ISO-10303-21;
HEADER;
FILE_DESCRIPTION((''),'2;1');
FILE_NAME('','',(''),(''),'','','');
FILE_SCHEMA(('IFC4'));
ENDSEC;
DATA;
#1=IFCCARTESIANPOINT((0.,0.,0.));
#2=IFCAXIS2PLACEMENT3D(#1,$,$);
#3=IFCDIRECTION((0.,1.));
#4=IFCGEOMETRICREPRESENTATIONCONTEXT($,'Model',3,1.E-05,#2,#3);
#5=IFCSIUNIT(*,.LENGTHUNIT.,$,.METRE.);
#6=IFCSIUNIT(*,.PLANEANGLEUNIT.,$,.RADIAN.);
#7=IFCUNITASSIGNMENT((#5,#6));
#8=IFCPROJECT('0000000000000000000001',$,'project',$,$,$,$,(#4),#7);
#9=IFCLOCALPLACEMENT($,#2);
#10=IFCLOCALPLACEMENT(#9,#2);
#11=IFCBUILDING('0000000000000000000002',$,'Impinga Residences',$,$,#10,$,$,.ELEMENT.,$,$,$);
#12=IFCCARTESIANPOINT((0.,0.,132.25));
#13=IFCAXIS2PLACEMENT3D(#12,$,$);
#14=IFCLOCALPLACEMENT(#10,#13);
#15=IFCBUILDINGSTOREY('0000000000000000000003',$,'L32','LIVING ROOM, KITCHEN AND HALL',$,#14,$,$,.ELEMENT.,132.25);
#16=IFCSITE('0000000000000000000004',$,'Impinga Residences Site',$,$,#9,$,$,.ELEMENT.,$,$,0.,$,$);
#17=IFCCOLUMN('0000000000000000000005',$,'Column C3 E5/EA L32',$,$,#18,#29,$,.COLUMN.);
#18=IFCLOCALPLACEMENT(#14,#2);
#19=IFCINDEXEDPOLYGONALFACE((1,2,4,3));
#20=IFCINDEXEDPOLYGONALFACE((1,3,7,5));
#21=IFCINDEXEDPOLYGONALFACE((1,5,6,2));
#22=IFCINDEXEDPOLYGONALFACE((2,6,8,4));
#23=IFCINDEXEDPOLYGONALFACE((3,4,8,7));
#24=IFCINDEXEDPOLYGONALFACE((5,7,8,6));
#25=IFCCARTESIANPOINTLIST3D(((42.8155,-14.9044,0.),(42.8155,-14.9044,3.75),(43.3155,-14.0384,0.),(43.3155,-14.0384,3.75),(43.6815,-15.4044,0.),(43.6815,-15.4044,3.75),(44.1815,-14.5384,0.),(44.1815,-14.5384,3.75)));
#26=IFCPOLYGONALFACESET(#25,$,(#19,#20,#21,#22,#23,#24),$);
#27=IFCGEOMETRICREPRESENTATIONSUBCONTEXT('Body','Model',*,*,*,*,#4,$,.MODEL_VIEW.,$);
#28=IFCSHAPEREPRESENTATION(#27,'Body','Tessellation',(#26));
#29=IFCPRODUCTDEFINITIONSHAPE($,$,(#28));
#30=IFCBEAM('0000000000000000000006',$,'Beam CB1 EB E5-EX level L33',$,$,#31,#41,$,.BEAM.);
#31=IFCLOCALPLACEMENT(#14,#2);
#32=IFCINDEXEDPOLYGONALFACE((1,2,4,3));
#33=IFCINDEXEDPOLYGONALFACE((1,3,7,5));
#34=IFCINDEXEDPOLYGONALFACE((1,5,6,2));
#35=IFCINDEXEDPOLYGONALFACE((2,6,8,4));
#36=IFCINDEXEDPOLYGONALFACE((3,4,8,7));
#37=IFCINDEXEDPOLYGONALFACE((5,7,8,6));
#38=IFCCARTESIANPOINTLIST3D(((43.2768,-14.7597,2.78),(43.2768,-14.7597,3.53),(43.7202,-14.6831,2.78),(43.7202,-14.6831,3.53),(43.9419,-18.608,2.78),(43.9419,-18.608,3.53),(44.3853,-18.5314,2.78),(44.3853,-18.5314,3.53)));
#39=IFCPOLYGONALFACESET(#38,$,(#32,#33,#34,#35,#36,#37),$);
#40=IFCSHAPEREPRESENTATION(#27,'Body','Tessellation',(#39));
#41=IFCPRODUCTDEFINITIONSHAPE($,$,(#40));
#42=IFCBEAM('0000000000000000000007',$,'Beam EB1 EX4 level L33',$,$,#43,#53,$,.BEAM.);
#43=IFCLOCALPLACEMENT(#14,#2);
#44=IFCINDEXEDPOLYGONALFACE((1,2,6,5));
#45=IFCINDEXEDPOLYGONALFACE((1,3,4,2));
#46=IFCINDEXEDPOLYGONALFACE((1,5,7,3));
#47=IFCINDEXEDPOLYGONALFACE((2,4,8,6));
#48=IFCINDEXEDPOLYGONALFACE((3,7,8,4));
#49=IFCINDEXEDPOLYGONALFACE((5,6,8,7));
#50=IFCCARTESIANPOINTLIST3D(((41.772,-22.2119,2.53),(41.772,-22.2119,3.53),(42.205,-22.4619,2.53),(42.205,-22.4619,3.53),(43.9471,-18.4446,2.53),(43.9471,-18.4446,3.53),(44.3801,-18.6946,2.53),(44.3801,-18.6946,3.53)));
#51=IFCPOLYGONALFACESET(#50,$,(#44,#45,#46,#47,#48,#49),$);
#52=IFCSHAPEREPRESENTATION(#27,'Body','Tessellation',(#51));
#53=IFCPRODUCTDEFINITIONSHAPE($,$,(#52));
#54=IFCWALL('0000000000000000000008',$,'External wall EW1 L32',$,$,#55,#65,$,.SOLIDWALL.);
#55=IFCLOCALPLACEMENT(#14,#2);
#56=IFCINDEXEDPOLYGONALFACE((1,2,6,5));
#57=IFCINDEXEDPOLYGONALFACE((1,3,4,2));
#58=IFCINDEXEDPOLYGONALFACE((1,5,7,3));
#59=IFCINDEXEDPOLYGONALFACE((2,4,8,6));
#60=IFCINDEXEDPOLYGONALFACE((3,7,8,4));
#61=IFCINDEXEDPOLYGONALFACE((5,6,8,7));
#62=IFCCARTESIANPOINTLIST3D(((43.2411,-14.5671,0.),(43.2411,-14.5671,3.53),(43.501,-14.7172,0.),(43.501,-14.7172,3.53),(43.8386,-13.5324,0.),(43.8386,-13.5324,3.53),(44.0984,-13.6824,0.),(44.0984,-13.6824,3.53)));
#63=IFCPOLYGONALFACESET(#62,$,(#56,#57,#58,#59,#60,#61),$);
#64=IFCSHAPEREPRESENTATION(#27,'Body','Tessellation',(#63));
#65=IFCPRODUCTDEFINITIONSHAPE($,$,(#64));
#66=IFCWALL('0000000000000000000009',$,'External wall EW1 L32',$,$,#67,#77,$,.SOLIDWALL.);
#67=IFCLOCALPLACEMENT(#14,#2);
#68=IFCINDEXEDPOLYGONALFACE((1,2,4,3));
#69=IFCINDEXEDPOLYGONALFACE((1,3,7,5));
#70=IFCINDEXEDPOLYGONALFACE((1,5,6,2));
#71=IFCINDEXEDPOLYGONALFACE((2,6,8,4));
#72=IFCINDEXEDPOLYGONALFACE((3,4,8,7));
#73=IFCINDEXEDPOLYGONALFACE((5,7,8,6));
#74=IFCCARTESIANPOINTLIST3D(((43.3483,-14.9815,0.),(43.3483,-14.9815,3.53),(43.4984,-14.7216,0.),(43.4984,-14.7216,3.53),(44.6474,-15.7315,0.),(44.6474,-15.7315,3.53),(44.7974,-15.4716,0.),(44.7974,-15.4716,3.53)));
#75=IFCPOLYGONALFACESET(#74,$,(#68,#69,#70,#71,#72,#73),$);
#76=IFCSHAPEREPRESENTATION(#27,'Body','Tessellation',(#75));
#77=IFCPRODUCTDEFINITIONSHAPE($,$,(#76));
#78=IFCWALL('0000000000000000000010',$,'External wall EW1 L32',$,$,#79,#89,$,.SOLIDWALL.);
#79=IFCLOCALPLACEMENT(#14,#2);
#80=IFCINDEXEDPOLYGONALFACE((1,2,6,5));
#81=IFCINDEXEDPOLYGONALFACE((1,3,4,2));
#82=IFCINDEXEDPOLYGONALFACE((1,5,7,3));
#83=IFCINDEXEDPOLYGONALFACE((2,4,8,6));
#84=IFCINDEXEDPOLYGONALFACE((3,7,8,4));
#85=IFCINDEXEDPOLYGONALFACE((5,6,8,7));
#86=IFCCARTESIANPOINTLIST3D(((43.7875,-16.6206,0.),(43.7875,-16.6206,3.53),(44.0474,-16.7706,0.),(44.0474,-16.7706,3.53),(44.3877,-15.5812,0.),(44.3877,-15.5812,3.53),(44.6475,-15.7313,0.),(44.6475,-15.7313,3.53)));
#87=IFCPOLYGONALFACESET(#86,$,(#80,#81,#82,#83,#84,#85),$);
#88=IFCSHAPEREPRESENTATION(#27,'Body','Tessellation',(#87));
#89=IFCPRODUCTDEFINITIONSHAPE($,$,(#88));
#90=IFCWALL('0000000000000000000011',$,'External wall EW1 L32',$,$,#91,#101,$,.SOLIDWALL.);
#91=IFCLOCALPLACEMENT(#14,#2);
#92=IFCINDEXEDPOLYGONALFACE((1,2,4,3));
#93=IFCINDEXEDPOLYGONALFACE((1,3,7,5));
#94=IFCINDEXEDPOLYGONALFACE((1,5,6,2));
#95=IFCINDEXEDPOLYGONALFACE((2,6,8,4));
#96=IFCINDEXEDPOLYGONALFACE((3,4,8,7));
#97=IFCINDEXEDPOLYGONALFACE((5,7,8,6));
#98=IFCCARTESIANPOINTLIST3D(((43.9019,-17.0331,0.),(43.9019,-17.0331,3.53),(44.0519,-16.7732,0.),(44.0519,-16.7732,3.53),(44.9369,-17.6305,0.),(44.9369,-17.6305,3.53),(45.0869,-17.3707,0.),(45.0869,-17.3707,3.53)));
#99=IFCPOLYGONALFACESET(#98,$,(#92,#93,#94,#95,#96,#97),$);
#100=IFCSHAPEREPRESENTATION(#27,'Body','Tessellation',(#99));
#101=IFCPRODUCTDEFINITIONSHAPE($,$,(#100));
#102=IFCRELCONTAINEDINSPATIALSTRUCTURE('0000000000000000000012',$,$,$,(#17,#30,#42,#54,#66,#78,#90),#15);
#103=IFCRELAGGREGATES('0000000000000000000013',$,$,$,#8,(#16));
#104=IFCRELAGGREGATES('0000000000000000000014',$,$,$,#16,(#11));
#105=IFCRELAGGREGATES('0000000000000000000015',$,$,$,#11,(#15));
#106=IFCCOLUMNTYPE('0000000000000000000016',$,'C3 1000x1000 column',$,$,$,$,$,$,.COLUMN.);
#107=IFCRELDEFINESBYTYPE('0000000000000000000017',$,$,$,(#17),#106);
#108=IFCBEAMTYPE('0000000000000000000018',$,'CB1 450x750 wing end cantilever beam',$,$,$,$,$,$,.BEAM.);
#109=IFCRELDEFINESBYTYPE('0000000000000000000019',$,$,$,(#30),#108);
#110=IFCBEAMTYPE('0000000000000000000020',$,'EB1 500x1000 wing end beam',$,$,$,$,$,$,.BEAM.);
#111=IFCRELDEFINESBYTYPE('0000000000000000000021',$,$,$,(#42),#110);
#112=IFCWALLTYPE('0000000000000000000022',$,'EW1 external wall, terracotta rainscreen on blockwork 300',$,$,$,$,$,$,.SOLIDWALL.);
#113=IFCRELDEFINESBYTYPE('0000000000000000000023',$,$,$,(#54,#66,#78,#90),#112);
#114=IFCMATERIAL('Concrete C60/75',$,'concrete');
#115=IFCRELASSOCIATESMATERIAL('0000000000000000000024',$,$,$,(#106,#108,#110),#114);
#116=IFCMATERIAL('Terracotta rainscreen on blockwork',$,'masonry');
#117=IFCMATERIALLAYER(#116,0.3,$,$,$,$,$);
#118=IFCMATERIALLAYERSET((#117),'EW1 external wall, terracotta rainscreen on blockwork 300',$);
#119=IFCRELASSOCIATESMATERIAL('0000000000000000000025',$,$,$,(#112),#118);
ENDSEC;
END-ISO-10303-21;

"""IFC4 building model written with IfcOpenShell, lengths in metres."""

from ifc_helpers import new_model, si_unit, direction, frame, frame_2d, origin, origin_2d, place, context, subcontext, project, spatial, rectangle, extrude, material, layer, layer_set, material_profile, profile_set, type_object, element, save


model = new_model("IFC4")

# Units and contexts
model_context = context("Model", 3, precision=1e-05, world=origin(), true_north=direction((0.0, 1.0)))
body_context = subcontext(model_context, "Body", "Model", "MODEL_VIEW")
ifc_project = project(units=[si_unit("LENGTHUNIT", "METRE"), si_unit("PLANEANGLEUNIT", "RADIAN")], contexts=[model_context])

# Site, building, storey
site_placement = place(None, origin())
site = spatial("IfcSite", under=ifc_project, at=site_placement, Name="Impinga Residences Site", CompositionType="ELEMENT", RefElevation=0.0)
building_placement = place(site_placement, origin())
building = spatial("IfcBuilding", under=site, at=building_placement, Name="Impinga Residences", CompositionType="ELEMENT")
storey_placement = place(building_placement, frame((0.0, 0.0, 132.25)))
storey = spatial("IfcBuildingStorey", under=building, at=storey_placement, Name="L32", Description="LIVING ROOM, KITCHEN AND HALL", CompositionType="ELEMENT", Elevation=132.25)

# Column
ifc_material_1 = material(Name="Concrete C60/75", Category="concrete")
ifc_material_profile_1 = material_profile(ifc_material_1, rectangle(XDim=1.0, YDim=1.0, at=origin_2d()), Name="RC 1000x1000")
ifc_profile_set_1 = profile_set([ifc_material_profile_1], Name="Concrete C60/75")
column_type = type_object("IfcColumnType", Name="C3 1000x1000 column", PredefinedType="COLUMN", material=ifc_profile_set_1)
column_placement = place(storey_placement, frame((43.4985, -14.7214, 0.0), z_axis=(0.0, 0.0, 1.0), x_axis=(-0.5, -0.866025, 0.0)))
element("IfcColumn", 1, at=column_placement, inside=storey, type_object=column_type, Name="Column C3 E5/EA L32", PredefinedType="COLUMN", context=body_context, shape_type="SweptSolid", body=[
    extrude(rectangle(XDim=1.0, YDim=1.0, at=origin_2d()), origin(), (0.0, 0.0, 1.0), 3.75),
])

# Beams
ifc_material_profile_2 = material_profile(ifc_material_1, rectangle(XDim=0.45, YDim=0.75, at=origin_2d()), Name="RC 450x750")
ifc_profile_set_2 = profile_set([ifc_material_profile_2], Name="Concrete C60/75")
beam_type_1 = type_object("IfcBeamType", Name="CB1 450x750 wing end cantilever beam", PredefinedType="BEAM", material=ifc_profile_set_2)
beam_1_placement = place(storey_placement, frame((43.4985, -14.7214, 3.155), z_axis=(0.170296, -0.985393, 0.0), x_axis=(0.985393, 0.170296, 0.0)))
element("IfcBeam", 2, at=beam_1_placement, inside=storey, type_object=beam_type_1, Name="Beam CB1 EB E5-EX level L33", PredefinedType="BEAM", context=body_context, shape_type="SweptSolid", body=[
    extrude(rectangle(XDim=0.45, YDim=0.75, at=origin_2d()), origin(), (0.0, 0.0, 1.0), 3.9053),
])
ifc_material_profile_3 = material_profile(ifc_material_1, rectangle(XDim=0.5, YDim=1.0, at=origin_2d()), Name="RC 500x1000")
ifc_profile_set_3 = profile_set([ifc_material_profile_3], Name="Concrete C60/75")
beam_type_2 = type_object("IfcBeamType", Name="EB1 500x1000 wing end beam", PredefinedType="BEAM", material=ifc_profile_set_3)
beam_2_placement = place(storey_placement, frame((44.1636, -18.5696, 3.03), z_axis=(-0.499996, -0.866028, 0.0), x_axis=(0.866028, -0.499996, 0.0)))
element("IfcBeam", 3, at=beam_2_placement, inside=storey, type_object=beam_type_2, Name="Beam EB1 EX4 level L33", PredefinedType="BEAM", context=body_context, shape_type="SweptSolid", body=[
    extrude(rectangle(XDim=0.5, YDim=1.0, at=origin_2d()), origin(), (0.0, 0.0, 1.0), 4.3501),
])

# Walls
ifc_material_2 = material(Name="Terracotta rainscreen on blockwork", Category="masonry")
ifc_layer_1 = layer(ifc_material_2, 0.3)
ifc_layer_set_1 = layer_set([ifc_layer_1], Name="EW1 external wall, terracotta rainscreen on blockwork 300")
wall_type_1 = type_object("IfcWallType", Name="EW1 external wall, terracotta rainscreen on blockwork 300", PredefinedType="SOLIDWALL", material=ifc_layer_set_1)
wall_1_placement = place(storey_placement, frame((43.9685, -13.6074, 0.0), z_axis=(0.0, 0.0, 1.0), x_axis=(-0.500029, -0.866009, 0.0)))
element("IfcWall", 4, at=wall_1_placement, inside=storey, type_object=wall_type_1, Name="External wall EW1 L32", PredefinedType="SOLIDWALL", context=body_context, shape_type="SweptSolid", body=[
    extrude(rectangle(XDim=1.1948, YDim=0.3, at=frame_2d((0.5974, 0.0))), origin(), (0.0, 0.0, 1.0), 3.53),
])
wall_2_placement = place(storey_placement, frame((43.4233, -14.8516, 0.0), z_axis=(0.0, 0.0, 1.0), x_axis=(0.866031, -0.49999, 0.0)))
element("IfcWall", 5, at=wall_2_placement, inside=storey, type_object=wall_type_1, Name="External wall EW1 L32", PredefinedType="SOLIDWALL", context=body_context, shape_type="SweptSolid", body=[
    extrude(rectangle(XDim=1.5, YDim=0.3, at=frame_2d((0.75, 0.0))), origin(), (0.0, 0.0, 1.0), 3.53),
])
wall_3_placement = place(storey_placement, frame((44.5176, -15.6562, 0.0), z_axis=(0.0, 0.0, 1.0), x_axis=(-0.500034, -0.866006, 0.0)))
element("IfcWall", 6, at=wall_3_placement, inside=storey, type_object=wall_type_1, Name="External wall EW1 L32", PredefinedType="SOLIDWALL", context=body_context, shape_type="SweptSolid", body=[
    extrude(rectangle(XDim=1.2002, YDim=0.3, at=frame_2d((0.6001, 0.0))), origin(), (0.0, 0.0, 1.0), 3.53),
])
wall_4_placement = place(storey_placement, frame((43.9768, -16.9031, 0.0), z_axis=(0.0, 0.0, 1.0), x_axis=(0.86606, -0.499941, 0.0)))
element("IfcWall", 7, at=wall_4_placement, inside=storey, type_object=wall_type_1, Name="External wall EW1 L32", PredefinedType="SOLIDWALL", context=body_context, shape_type="SweptSolid", body=[
    extrude(rectangle(XDim=1.1951, YDim=0.3, at=frame_2d((0.5977, 0.0))), origin(), (0.0, 0.0, 1.0), 3.53),
])

save(model, "model.ifc")
